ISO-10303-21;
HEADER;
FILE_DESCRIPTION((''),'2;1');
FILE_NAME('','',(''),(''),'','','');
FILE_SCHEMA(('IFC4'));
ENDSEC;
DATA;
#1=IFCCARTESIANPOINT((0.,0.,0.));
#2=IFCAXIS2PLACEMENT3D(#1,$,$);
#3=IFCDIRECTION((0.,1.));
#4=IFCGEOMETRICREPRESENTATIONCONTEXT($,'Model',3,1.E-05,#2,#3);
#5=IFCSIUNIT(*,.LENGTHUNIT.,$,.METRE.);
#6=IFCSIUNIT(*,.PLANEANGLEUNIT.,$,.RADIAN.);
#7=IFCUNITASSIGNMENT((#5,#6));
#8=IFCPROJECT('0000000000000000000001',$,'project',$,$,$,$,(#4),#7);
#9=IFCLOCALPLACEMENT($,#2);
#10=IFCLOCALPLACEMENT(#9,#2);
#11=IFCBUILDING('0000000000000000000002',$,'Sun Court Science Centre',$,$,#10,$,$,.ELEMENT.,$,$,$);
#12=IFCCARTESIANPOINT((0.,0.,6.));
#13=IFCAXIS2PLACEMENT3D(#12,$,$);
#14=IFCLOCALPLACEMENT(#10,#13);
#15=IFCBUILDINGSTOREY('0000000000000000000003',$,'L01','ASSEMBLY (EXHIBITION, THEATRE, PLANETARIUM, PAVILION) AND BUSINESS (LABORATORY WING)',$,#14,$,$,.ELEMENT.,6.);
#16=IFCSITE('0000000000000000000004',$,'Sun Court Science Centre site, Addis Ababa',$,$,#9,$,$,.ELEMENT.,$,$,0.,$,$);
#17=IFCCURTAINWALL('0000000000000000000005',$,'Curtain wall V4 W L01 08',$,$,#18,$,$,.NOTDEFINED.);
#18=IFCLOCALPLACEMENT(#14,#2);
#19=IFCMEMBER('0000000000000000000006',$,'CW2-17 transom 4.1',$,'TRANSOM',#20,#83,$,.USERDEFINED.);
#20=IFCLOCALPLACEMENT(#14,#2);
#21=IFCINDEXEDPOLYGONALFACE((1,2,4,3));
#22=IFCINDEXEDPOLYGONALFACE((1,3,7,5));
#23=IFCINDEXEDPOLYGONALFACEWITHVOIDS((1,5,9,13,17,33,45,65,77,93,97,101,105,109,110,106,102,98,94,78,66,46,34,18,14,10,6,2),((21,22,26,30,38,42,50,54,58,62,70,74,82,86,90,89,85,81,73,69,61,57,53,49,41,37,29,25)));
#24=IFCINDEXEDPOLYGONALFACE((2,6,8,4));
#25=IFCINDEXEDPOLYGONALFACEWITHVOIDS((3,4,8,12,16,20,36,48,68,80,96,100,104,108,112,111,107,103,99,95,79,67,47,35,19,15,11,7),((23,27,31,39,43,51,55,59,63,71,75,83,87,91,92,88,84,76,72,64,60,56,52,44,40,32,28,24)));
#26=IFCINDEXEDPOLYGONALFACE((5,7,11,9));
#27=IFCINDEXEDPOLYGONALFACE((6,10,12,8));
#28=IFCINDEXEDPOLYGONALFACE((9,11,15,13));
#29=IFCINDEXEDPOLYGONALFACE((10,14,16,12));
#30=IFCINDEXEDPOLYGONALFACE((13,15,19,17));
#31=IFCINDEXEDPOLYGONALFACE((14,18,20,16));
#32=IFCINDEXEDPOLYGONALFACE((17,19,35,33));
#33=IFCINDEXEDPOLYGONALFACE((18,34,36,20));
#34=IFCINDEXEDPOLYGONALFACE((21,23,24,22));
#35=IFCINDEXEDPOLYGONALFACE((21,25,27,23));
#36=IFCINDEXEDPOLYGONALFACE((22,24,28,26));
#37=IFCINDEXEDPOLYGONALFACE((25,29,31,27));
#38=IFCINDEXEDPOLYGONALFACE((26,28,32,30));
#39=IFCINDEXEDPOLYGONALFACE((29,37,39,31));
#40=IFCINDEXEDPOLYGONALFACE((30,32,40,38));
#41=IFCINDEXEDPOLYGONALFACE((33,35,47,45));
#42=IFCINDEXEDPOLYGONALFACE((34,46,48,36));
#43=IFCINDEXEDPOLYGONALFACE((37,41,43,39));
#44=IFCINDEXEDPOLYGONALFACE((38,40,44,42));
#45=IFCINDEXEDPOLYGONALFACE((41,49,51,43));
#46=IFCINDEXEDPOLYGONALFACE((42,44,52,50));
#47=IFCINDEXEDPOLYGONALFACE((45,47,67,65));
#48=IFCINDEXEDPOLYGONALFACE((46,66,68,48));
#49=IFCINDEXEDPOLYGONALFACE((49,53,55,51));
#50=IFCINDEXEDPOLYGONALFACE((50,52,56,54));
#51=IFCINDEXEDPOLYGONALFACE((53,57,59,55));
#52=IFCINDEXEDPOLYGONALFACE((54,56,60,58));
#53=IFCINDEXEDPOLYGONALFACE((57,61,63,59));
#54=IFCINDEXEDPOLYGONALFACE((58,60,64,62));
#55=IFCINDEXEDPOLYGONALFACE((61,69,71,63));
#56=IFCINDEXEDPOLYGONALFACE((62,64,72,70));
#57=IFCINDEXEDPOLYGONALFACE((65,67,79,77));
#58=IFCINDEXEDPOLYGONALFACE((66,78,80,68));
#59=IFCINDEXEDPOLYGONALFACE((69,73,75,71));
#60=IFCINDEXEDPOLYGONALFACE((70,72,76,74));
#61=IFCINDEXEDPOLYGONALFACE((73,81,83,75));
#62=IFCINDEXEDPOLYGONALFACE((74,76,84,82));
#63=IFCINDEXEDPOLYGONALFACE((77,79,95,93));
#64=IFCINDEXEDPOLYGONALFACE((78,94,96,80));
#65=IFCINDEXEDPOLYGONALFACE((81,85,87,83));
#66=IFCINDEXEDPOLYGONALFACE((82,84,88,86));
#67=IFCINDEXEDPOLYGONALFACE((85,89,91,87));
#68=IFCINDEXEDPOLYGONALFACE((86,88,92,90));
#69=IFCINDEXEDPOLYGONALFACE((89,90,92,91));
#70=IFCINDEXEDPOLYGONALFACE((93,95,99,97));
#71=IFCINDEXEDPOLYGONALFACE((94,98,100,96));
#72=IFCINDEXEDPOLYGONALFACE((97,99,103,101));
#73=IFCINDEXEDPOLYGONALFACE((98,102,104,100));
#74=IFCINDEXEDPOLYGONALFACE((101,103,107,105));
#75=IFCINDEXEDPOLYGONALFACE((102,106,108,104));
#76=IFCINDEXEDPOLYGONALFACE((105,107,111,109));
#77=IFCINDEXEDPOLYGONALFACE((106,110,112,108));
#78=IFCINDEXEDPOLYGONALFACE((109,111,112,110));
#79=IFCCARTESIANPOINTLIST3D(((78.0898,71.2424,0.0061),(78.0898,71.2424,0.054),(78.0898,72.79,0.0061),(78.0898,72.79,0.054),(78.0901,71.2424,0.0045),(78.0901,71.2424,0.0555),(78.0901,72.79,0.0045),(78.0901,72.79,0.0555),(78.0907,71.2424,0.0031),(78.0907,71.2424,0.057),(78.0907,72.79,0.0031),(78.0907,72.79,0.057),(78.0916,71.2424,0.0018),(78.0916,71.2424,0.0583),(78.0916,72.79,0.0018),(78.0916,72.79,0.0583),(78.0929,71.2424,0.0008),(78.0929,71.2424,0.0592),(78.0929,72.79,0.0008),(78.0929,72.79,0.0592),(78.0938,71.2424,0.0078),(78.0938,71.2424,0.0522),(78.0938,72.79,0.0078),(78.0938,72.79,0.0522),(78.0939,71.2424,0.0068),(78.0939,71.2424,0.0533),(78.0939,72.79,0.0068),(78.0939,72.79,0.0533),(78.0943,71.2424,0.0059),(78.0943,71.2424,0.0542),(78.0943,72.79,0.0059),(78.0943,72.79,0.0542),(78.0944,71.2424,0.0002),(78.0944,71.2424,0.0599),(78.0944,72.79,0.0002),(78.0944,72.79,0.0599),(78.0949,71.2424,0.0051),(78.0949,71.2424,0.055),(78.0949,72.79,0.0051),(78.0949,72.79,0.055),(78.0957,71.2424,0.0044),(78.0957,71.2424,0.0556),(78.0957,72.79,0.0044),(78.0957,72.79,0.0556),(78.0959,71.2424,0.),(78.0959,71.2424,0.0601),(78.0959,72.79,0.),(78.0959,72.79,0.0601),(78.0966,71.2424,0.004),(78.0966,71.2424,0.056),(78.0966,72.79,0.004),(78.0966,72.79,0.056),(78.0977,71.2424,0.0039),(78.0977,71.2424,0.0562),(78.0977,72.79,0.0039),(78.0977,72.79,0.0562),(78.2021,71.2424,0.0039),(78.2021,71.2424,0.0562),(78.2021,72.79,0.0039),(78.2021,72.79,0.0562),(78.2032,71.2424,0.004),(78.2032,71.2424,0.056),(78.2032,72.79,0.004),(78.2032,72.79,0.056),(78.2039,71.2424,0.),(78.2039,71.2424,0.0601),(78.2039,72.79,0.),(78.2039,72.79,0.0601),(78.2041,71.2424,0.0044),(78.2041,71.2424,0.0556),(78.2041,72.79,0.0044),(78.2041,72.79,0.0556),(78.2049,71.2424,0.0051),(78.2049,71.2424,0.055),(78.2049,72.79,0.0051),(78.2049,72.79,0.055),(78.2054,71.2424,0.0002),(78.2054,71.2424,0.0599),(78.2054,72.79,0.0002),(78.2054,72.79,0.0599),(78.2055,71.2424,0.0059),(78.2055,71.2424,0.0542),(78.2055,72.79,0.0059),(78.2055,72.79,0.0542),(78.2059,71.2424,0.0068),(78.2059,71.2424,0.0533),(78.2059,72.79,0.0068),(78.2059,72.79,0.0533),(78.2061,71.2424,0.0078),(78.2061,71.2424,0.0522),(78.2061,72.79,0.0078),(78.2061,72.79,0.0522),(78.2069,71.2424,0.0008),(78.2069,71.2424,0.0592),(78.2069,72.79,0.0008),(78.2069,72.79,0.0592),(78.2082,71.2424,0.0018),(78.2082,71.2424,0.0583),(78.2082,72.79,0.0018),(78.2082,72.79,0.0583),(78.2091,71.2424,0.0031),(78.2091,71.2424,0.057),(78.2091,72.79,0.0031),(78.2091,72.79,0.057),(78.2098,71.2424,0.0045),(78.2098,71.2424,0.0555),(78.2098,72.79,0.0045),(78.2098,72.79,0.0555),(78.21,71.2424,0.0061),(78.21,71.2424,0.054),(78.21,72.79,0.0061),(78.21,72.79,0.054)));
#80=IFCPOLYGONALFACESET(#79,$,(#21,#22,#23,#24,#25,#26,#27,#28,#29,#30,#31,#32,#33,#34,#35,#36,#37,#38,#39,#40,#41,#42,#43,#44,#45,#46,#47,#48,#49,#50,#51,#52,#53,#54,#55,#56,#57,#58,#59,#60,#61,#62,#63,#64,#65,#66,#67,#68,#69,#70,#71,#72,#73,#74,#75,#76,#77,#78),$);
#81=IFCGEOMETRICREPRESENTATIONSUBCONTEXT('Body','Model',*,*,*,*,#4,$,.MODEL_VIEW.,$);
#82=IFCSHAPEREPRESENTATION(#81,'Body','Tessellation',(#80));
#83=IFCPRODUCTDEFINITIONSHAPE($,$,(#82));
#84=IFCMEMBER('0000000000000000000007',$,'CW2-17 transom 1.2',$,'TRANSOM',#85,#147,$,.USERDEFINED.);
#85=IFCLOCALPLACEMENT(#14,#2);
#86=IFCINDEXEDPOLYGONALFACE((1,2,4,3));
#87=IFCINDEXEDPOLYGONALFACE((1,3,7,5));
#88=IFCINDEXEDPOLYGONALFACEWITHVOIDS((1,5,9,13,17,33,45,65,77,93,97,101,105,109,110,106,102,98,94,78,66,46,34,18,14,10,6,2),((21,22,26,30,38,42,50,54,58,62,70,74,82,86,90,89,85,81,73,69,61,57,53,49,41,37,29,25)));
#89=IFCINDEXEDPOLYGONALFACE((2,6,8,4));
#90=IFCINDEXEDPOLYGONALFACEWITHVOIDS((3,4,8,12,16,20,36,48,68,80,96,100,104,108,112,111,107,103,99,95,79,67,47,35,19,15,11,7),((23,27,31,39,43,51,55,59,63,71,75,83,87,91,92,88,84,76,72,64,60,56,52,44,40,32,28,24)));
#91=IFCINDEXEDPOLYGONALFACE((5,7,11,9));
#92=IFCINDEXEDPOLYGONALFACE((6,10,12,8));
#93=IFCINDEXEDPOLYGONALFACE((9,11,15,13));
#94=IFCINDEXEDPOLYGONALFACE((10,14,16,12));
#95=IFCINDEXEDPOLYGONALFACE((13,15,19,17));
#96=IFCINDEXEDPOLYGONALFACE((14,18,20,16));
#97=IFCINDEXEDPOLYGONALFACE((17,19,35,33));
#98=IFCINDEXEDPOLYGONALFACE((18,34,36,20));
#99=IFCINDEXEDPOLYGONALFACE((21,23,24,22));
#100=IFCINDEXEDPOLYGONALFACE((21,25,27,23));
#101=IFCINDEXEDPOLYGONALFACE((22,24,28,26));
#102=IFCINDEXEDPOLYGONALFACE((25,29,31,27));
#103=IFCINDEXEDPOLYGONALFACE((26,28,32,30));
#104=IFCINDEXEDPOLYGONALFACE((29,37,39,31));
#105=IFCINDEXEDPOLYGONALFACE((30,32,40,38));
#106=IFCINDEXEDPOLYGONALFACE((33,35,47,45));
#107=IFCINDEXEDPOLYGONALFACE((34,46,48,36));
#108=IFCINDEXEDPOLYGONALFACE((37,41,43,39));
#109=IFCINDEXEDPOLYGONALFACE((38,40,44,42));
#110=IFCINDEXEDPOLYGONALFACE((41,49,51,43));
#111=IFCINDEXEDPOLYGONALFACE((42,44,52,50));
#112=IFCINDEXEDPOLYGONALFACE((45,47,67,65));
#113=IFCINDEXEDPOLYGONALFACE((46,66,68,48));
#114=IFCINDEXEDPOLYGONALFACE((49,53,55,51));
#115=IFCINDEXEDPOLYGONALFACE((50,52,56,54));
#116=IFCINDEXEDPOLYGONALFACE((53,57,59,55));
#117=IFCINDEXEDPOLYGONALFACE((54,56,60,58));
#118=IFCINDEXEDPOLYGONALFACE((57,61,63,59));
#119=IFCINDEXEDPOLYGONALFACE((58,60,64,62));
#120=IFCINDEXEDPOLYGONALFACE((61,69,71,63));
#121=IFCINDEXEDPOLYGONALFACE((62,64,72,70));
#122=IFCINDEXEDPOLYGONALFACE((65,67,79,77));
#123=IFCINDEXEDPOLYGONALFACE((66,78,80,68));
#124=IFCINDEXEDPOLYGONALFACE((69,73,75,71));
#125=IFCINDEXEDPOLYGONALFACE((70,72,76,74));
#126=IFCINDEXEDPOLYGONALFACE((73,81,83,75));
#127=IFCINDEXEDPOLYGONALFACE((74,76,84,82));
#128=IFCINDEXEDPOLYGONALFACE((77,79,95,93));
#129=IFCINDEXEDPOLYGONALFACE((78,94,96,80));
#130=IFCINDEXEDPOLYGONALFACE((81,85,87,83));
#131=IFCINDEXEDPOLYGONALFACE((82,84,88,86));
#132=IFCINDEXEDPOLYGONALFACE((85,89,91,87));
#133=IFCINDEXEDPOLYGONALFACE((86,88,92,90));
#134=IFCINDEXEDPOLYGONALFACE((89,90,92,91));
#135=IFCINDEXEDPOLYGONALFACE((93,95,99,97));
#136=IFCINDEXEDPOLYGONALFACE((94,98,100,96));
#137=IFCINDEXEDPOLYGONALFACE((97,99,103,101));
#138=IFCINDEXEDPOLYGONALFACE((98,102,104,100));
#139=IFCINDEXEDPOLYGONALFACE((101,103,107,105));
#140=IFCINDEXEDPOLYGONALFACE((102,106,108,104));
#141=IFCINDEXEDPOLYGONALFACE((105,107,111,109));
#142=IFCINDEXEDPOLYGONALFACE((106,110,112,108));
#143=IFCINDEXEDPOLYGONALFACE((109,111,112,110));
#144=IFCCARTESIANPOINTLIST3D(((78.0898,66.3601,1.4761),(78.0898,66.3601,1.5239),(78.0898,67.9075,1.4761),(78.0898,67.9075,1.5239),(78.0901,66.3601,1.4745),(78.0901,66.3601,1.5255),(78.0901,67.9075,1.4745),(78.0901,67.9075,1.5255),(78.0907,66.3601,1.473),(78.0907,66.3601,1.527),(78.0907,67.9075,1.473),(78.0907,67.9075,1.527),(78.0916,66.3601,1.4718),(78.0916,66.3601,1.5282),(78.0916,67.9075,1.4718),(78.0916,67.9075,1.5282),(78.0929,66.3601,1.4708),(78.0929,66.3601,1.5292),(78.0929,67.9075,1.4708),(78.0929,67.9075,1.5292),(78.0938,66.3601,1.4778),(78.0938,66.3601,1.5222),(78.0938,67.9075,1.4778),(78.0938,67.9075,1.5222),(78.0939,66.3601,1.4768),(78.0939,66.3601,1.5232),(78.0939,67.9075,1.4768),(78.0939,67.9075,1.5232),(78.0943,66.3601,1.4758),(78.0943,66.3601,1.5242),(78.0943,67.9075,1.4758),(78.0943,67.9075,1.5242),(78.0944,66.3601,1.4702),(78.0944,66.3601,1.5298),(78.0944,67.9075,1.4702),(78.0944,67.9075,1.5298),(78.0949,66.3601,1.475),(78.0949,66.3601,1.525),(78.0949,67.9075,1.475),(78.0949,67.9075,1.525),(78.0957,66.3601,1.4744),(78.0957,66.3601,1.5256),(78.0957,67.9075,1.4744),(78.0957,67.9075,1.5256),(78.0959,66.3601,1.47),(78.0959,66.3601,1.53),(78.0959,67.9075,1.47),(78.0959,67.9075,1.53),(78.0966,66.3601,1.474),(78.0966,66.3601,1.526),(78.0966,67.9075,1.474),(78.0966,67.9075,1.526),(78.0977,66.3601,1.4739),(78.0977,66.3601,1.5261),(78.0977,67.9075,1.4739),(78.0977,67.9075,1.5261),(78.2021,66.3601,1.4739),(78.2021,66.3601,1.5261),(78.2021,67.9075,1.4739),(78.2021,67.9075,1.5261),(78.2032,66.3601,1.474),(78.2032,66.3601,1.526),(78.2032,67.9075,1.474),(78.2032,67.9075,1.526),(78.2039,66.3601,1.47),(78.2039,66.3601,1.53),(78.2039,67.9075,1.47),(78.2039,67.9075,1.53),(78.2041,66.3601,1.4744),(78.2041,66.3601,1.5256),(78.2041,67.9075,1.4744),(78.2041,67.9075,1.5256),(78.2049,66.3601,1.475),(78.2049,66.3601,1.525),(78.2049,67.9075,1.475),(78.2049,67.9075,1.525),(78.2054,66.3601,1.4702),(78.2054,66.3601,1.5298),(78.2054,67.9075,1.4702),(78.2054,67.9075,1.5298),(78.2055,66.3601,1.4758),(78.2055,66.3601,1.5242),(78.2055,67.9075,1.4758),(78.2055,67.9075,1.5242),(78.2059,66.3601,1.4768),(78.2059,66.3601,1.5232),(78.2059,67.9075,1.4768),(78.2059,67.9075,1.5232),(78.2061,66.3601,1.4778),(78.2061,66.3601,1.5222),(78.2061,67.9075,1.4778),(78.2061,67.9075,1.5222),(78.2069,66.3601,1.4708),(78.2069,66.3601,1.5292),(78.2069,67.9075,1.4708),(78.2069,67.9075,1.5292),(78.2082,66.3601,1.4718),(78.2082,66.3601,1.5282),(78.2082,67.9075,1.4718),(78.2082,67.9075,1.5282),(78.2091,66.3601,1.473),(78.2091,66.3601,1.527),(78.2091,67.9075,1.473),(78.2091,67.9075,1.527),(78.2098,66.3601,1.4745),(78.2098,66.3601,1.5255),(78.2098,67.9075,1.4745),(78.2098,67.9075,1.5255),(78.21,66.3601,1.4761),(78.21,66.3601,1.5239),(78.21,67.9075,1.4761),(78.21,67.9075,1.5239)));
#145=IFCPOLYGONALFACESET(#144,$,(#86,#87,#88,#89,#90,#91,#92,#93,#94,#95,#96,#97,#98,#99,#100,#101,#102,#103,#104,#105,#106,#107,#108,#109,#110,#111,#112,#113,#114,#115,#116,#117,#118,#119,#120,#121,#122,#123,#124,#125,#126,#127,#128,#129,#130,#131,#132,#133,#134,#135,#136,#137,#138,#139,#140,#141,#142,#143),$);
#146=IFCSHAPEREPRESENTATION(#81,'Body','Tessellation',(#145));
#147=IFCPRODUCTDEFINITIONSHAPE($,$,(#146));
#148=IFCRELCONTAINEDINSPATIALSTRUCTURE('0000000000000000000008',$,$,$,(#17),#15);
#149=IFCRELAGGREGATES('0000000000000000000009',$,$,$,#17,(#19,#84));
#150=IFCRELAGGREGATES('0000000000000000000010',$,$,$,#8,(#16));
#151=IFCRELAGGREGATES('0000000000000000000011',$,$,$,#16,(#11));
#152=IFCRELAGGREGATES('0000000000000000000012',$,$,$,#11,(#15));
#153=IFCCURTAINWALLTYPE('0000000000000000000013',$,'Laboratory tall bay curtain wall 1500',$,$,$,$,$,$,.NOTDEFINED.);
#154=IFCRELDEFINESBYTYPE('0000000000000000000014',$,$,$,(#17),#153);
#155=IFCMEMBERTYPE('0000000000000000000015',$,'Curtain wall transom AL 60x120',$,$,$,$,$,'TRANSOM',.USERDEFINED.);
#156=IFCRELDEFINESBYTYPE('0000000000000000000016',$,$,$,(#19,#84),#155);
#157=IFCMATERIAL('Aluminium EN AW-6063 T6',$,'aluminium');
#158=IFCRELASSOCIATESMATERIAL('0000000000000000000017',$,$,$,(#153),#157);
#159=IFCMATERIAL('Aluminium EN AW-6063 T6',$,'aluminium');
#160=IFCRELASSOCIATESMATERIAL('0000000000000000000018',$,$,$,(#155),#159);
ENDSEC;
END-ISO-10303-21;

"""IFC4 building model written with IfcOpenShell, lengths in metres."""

from ifc_helpers import new_model, si_unit, direction, frame, origin, origin_2d, place, context, subcontext, project, spatial, hollow_rectangle, extrude, material, material_profile, profile_set, type_object, element, aggregate, save


model = new_model("IFC4")

# Units and contexts
model_context = context("Model", 3, precision=1e-05, world=origin(), true_north=direction((0.0, 1.0)))
body_context = subcontext(model_context, "Body", "Model", "MODEL_VIEW")
ifc_project = project(units=[si_unit("LENGTHUNIT", "METRE"), si_unit("PLANEANGLEUNIT", "RADIAN")], contexts=[model_context])

# Site, building, storey
site_placement = place(None, origin())
site = spatial("IfcSite", under=ifc_project, at=site_placement, Name="Sun Court Science Centre site, Addis Ababa", CompositionType="ELEMENT", RefElevation=0.0)
building_placement = place(site_placement, origin())
building = spatial("IfcBuilding", under=site, at=building_placement, Name="Sun Court Science Centre", CompositionType="ELEMENT")
storey_placement = place(building_placement, frame((0.0, 0.0, 6.0)))
storey = spatial("IfcBuildingStorey", under=building, at=storey_placement, Name="L01", Description="ASSEMBLY (EXHIBITION, THEATRE, PLANETARIUM, PAVILION) AND BUSINESS (LABORATORY WING)", CompositionType="ELEMENT", Elevation=6.0)

# Shared definitions
ifc_material_1 = material(Name="Aluminium EN AW-6063 T6", Category="aluminium")
curtain_wall_type = type_object("IfcCurtainWallType", Name="Laboratory tall bay curtain wall 1500", PredefinedType="NOTDEFINED", material=ifc_material_1)

# Curtain wall
curtain_wall_1_placement = place(storey_placement, origin())
curtain_wall_1 = element("IfcCurtainWall", 1, at=curtain_wall_1_placement, inside=storey, type_object=curtain_wall_type, Name="Curtain wall V4 W L01 08", PredefinedType="NOTDEFINED")

# Members
ifc_material_2 = material(Name="Aluminium EN AW-6063 T6", Category="aluminium")
ifc_material_profile_1 = material_profile(ifc_material_2, hollow_rectangle(XDim=0.0601, YDim=0.1201, WallThickness=0.0039, InnerFilletRadius=0.0039, OuterFilletRadius=0.0061, at=origin_2d()), Name="AL 60x120x4")
ifc_profile_set_1 = profile_set([ifc_material_profile_1], Name="Aluminium EN AW-6063 T6")
member_type_1 = type_object("IfcMemberType", Name="Curtain wall transom AL 60x120", ElementType="TRANSOM", PredefinedType="USERDEFINED", material=ifc_profile_set_1)
member_1_placement = place(storey_placement, frame((78.1499, 71.2424, 0.03), z_axis=(0.0, 1.0, 0.0), x_axis=(0.0, 0.0, 1.0)))
member_1 = element("IfcMember", 2, at=member_1_placement, type_object=member_type_1, Name="CW2-17 transom 4.1", ObjectType="TRANSOM", PredefinedType="USERDEFINED", context=body_context, shape_type="SweptSolid", body=[
    extrude(hollow_rectangle(XDim=0.0601, YDim=0.1201, WallThickness=0.0039, InnerFilletRadius=0.0039, OuterFilletRadius=0.0061, at=origin_2d()), origin(), (0.0, 0.0, 1.0), 1.5476),
])
member_2_placement = place(storey_placement, frame((78.1499, 66.3601, 1.5), z_axis=(0.0, 1.0, 0.0), x_axis=(0.0, 0.0, 1.0)))
member_2 = element("IfcMember", 3, at=member_2_placement, type_object=member_type_1, Name="CW2-17 transom 1.2", ObjectType="TRANSOM", PredefinedType="USERDEFINED", context=body_context, shape_type="SweptSolid", body=[
    extrude(hollow_rectangle(XDim=0.0601, YDim=0.1201, WallThickness=0.0039, InnerFilletRadius=0.0039, OuterFilletRadius=0.0061, at=origin_2d()), origin(), (0.0, 0.0, 1.0), 1.5474),
])

aggregate(curtain_wall_1, [member_1, member_2])

save(model, "model.ifc")
